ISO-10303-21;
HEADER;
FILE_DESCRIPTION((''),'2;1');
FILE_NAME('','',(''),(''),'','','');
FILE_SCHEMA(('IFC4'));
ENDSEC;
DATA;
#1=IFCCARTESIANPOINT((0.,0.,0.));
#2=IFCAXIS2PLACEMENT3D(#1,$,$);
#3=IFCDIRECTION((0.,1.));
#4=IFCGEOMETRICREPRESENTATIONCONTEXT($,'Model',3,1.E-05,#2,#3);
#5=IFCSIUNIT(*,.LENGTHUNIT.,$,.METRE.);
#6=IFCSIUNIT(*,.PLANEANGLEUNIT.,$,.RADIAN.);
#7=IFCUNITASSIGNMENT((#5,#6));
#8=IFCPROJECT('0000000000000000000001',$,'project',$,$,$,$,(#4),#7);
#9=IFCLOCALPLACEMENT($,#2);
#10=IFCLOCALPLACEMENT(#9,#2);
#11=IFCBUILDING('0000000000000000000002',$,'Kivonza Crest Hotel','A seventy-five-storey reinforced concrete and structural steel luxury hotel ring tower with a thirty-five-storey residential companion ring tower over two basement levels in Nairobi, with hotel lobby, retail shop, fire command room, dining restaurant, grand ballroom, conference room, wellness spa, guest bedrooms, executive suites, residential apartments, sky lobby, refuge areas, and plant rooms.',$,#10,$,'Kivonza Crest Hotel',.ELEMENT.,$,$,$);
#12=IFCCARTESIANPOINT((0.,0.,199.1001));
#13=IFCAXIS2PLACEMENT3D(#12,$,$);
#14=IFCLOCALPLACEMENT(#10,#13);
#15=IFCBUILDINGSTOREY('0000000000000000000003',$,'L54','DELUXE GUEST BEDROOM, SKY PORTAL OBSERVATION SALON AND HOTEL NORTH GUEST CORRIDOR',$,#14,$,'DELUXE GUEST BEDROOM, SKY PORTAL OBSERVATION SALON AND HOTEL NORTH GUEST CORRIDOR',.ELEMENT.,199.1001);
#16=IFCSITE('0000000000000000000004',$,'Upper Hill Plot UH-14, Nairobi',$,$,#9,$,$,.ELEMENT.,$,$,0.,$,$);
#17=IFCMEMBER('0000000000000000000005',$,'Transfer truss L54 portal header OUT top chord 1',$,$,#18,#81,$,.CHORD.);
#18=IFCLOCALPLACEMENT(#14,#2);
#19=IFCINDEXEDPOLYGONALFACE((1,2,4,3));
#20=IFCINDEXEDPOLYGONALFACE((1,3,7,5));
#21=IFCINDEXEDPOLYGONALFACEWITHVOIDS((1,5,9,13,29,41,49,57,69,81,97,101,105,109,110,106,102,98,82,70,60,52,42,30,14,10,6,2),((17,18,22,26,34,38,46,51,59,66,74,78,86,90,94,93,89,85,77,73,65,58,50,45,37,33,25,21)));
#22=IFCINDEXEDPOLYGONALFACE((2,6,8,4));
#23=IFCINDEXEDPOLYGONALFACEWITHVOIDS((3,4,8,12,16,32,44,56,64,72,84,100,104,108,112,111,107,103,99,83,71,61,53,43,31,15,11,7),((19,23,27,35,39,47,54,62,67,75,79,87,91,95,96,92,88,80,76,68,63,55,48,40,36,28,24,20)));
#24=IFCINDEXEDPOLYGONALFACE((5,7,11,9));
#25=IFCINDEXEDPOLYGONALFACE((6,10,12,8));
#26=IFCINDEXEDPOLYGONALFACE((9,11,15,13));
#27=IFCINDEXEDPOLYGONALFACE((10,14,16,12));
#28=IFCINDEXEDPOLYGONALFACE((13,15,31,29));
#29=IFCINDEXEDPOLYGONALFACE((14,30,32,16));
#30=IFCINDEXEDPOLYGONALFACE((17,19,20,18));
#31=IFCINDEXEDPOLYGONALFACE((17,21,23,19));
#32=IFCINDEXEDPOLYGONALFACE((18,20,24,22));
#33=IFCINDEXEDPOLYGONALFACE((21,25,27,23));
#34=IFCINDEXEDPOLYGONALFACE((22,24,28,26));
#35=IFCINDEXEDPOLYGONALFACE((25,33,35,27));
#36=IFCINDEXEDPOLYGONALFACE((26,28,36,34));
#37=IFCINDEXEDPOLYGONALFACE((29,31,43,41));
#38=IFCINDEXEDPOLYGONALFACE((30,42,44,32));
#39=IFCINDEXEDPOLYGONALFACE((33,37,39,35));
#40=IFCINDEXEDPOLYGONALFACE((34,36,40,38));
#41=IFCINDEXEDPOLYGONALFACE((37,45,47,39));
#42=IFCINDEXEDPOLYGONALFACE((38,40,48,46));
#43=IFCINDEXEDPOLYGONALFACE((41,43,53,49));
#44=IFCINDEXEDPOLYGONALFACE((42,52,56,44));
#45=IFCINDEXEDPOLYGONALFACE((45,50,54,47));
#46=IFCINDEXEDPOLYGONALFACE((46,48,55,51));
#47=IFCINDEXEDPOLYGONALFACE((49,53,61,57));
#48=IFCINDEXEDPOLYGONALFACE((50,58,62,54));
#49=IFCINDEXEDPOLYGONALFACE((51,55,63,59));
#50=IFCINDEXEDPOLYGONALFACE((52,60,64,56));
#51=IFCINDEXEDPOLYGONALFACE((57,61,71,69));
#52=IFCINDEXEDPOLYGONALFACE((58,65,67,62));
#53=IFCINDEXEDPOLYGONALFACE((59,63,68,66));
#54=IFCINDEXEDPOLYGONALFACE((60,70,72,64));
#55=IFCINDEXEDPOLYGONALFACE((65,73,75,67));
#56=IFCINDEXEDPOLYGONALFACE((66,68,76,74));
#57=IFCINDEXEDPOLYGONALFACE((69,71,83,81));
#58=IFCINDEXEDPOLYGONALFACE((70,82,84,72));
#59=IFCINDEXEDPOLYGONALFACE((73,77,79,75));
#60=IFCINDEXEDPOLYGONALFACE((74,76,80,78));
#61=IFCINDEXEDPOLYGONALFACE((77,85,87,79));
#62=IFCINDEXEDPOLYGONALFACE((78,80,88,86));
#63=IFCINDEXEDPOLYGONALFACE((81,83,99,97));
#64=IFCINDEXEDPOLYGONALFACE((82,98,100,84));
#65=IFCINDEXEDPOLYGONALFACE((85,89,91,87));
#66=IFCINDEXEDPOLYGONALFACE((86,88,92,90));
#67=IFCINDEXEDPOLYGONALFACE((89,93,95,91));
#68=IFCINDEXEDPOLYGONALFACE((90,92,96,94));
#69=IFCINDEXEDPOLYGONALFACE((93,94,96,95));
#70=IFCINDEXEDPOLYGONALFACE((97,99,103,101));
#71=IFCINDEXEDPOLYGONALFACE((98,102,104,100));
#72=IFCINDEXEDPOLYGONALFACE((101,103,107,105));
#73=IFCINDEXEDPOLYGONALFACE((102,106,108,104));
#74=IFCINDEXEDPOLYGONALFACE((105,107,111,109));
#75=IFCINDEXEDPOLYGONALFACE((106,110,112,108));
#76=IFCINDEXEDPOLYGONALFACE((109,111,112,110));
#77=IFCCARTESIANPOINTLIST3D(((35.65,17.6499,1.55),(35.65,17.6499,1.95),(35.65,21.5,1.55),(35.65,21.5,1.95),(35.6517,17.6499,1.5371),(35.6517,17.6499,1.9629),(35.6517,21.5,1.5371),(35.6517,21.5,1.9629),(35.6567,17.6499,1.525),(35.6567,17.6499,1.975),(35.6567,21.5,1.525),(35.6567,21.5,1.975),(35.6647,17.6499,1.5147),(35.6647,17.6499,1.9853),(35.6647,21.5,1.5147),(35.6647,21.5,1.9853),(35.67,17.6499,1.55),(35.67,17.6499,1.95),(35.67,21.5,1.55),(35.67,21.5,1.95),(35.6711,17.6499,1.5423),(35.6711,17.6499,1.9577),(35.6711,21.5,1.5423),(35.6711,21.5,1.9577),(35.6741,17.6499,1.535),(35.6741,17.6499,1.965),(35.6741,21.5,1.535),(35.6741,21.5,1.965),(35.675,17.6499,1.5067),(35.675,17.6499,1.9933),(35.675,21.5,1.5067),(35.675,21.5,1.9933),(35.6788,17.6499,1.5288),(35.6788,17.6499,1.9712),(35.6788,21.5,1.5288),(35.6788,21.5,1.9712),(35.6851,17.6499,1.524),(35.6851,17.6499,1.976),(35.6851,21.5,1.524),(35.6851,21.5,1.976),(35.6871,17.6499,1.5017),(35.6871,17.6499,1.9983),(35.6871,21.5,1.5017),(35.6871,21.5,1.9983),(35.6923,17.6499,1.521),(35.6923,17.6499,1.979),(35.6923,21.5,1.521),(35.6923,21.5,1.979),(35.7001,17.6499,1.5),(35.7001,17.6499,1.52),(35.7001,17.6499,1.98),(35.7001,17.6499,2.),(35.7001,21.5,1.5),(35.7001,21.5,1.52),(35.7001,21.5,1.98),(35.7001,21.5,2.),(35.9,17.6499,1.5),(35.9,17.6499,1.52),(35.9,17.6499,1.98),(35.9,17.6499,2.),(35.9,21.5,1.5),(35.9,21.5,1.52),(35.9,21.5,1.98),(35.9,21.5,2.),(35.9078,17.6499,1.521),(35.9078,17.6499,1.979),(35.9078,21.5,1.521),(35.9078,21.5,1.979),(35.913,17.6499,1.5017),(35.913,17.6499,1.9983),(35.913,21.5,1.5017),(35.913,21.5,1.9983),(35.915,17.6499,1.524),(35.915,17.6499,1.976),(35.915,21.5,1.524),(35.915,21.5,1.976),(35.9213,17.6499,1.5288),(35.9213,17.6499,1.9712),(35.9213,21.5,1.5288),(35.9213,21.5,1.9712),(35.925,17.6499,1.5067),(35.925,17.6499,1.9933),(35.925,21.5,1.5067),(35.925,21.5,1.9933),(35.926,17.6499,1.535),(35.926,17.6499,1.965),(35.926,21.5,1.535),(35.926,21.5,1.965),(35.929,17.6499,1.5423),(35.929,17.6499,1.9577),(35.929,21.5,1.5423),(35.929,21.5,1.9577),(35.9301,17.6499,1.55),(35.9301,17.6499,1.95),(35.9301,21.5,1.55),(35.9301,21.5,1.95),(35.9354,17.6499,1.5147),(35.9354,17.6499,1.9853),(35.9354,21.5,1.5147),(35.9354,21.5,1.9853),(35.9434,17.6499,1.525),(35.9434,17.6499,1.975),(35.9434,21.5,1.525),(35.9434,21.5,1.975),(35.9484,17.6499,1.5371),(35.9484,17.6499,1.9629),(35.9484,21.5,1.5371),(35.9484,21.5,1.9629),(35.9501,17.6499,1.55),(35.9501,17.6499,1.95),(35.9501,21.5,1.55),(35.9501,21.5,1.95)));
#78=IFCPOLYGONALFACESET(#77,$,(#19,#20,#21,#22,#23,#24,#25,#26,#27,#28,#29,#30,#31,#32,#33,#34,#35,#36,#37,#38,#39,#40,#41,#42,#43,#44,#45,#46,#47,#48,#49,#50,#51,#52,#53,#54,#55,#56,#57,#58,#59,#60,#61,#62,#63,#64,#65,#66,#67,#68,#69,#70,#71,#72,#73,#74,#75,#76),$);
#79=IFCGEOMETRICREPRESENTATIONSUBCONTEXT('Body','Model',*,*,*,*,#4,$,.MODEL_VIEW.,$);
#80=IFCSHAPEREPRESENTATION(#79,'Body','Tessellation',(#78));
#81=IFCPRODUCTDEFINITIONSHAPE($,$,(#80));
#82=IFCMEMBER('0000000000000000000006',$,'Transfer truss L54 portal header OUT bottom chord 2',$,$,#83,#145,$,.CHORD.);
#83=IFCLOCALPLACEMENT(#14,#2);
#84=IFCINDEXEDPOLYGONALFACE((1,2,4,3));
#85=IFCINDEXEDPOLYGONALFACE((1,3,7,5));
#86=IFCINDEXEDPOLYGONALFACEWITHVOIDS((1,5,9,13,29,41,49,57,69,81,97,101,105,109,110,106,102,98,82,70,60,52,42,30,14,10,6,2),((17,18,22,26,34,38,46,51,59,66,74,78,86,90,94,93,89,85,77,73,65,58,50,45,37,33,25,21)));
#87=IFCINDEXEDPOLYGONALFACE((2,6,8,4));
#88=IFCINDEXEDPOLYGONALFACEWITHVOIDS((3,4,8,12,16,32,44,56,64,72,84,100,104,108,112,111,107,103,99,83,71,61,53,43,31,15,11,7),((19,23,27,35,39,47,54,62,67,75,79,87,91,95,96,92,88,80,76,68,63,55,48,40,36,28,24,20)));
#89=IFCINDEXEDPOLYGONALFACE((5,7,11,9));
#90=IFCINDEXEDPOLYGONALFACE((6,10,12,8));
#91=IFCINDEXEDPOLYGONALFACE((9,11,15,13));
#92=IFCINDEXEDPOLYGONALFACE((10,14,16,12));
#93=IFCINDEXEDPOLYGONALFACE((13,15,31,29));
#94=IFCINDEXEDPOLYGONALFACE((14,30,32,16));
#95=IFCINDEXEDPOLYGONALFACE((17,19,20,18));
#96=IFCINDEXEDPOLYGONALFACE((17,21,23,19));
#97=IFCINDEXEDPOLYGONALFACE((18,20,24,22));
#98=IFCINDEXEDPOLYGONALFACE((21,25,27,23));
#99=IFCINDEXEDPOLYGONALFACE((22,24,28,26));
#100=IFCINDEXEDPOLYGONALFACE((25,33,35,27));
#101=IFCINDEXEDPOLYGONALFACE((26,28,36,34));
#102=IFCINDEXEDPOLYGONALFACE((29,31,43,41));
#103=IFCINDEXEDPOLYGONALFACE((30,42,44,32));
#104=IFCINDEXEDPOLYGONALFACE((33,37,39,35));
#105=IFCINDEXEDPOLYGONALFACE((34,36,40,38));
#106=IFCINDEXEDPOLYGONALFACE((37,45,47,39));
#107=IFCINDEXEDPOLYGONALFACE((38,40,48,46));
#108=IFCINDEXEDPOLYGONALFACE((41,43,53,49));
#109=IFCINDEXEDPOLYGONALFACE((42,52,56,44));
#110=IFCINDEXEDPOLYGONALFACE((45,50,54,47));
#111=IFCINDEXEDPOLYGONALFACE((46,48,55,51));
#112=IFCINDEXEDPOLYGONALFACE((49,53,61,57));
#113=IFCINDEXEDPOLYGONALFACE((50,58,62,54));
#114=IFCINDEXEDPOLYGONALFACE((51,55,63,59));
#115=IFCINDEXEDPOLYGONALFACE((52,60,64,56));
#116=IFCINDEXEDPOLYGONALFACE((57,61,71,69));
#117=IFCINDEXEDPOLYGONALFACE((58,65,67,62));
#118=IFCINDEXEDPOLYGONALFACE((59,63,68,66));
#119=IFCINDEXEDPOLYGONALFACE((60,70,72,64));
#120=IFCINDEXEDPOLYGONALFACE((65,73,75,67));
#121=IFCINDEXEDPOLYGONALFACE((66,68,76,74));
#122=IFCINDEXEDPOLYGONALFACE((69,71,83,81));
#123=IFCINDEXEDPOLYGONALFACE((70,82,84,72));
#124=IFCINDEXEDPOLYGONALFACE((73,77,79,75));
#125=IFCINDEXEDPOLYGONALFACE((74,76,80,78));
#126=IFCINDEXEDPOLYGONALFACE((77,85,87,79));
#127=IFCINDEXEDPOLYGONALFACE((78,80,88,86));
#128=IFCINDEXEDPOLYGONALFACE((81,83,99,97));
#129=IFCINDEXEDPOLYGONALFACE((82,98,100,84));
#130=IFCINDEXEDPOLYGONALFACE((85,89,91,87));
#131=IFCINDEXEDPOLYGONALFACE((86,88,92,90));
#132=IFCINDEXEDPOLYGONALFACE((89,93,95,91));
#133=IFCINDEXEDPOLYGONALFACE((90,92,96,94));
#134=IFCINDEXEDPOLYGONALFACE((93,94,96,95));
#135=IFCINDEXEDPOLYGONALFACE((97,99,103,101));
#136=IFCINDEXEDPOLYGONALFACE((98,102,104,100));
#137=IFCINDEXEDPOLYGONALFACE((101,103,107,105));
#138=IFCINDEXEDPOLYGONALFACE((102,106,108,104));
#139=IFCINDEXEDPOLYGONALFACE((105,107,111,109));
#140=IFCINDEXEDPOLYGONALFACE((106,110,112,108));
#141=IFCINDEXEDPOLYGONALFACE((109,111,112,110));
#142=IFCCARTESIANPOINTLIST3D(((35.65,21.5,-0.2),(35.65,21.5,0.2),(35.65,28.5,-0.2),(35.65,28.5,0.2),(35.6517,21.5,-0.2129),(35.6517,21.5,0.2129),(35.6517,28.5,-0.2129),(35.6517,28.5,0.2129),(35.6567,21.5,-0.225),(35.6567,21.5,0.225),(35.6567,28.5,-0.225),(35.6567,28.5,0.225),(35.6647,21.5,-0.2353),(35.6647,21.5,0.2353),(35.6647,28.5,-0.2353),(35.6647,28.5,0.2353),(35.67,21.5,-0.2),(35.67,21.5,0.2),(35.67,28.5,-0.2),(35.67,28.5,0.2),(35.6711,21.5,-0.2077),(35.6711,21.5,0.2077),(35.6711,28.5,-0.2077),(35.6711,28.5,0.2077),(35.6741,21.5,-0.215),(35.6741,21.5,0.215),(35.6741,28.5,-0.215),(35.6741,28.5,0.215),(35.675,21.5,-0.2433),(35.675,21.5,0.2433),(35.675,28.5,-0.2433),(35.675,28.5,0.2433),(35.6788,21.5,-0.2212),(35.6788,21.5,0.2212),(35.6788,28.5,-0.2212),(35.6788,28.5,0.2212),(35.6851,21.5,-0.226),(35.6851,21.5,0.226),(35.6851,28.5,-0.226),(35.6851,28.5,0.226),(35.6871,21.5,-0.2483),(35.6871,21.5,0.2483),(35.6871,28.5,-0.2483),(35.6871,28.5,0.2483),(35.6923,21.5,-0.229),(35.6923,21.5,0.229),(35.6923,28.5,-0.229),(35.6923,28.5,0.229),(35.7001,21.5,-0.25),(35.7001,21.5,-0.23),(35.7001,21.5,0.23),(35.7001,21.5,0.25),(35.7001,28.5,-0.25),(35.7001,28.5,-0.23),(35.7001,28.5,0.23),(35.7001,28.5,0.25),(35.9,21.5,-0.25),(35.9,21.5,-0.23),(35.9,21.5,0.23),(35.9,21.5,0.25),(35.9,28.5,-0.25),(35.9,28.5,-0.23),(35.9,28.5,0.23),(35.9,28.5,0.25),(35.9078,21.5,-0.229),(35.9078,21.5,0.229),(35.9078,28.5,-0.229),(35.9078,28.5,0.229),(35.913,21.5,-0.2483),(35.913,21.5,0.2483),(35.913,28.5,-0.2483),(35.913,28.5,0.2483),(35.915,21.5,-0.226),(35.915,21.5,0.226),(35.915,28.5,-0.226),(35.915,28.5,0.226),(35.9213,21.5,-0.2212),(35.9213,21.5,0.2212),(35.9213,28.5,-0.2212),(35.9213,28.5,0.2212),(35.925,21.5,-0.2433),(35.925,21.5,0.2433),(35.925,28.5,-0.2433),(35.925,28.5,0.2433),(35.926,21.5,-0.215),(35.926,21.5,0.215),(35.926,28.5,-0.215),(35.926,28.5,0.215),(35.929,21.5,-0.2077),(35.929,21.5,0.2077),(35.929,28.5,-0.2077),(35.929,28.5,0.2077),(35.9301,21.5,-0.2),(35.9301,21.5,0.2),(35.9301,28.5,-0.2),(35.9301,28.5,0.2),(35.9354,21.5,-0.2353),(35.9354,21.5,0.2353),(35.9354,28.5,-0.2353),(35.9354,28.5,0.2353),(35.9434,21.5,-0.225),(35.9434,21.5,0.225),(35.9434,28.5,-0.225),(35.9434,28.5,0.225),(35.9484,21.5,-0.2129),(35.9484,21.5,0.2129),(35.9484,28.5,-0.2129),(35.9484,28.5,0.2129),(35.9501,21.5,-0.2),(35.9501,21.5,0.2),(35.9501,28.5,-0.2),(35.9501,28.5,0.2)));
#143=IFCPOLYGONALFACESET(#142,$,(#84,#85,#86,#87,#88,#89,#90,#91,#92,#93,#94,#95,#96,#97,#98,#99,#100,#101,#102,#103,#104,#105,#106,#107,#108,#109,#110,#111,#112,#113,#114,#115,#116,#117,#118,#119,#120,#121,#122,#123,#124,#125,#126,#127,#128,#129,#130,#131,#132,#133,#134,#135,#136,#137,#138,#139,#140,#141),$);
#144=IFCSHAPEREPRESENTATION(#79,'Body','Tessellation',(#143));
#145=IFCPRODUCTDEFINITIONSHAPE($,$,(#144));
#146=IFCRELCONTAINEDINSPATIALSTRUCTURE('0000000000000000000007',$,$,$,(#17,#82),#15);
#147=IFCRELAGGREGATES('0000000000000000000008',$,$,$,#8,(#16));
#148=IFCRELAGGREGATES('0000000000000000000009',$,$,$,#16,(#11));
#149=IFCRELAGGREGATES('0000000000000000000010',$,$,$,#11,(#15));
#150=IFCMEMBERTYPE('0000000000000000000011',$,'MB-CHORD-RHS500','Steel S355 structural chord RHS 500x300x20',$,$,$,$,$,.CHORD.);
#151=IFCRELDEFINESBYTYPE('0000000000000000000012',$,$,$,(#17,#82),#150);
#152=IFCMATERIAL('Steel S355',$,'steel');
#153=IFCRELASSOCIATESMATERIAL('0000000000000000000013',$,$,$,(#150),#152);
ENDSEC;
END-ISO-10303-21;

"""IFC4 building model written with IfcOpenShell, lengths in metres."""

from ifc_helpers import new_model, si_unit, direction, frame, origin, origin_2d, place, context, subcontext, project, spatial, hollow_rectangle, extrude, material, material_profile, profile_set, type_object, element, save


model = new_model("IFC4")

# Units and contexts
model_context = context("Model", 3, precision=1e-05, world=origin(), true_north=direction((0.0, 1.0)))
body_context = subcontext(model_context, "Body", "Model", "MODEL_VIEW")
ifc_project = project(units=[si_unit("LENGTHUNIT", "METRE"), si_unit("PLANEANGLEUNIT", "RADIAN")], contexts=[model_context])

# Site, building, storey
site_placement = place(None, origin())
site = spatial("IfcSite", under=ifc_project, at=site_placement, Name="Upper Hill Plot UH-14, Nairobi", CompositionType="ELEMENT", RefElevation=0.0)
building_placement = place(site_placement, origin())
building = spatial("IfcBuilding", under=site, at=building_placement, Name="Kivonza Crest Hotel", Description="A seventy-five-storey reinforced concrete and structural steel luxury hotel ring tower with a thirty-five-storey residential companion ring tower over two basement levels in Nairobi, with hotel lobby, retail shop, fire command room, dining restaurant, grand ballroom, conference room, wellness spa, guest bedrooms, executive suites, residential apartments, sky lobby, refuge areas, and plant rooms.", LongName="Kivonza Crest Hotel", CompositionType="ELEMENT")
storey_placement = place(building_placement, frame((0.0, 0.0, 199.1001)))
storey = spatial("IfcBuildingStorey", under=building, at=storey_placement, Name="L54", Description="DELUXE GUEST BEDROOM, SKY PORTAL OBSERVATION SALON AND HOTEL NORTH GUEST CORRIDOR", LongName="DELUXE GUEST BEDROOM, SKY PORTAL OBSERVATION SALON AND HOTEL NORTH GUEST CORRIDOR", CompositionType="ELEMENT", Elevation=199.1001)

# Shared definitions
ifc_material_1 = material(Name="Steel S355", Category="steel")

# Members
ifc_material_profile_1 = material_profile(ifc_material_1, hollow_rectangle(XDim=0.3, YDim=0.5, WallThickness=0.02, InnerFilletRadius=0.03, OuterFilletRadius=0.05, at=origin_2d()), Name="RHS 500x300x20")
ifc_profile_set_1 = profile_set([ifc_material_profile_1], Name="Steel S355")
member_type_1 = type_object("IfcMemberType", Name="MB-CHORD-RHS500", Description="Steel S355 structural chord RHS 500x300x20", PredefinedType="CHORD", material=ifc_profile_set_1)
for number, where, z_axis, x_axis, name in (
    (1, (35.8, 17.6499, 1.75), (0.0, 1.0, 0.0), (-1.0, 0.0, 0.0), "Transfer truss L54 portal header OUT top chord 1"),
):
    element("IfcMember", number, at=place(storey_placement, frame(where, z_axis=z_axis, x_axis=x_axis)), inside=storey, type_object=member_type_1, Name=name, PredefinedType="CHORD", context=body_context, shape_type="SweptSolid", body=[
        extrude(hollow_rectangle(XDim=0.3, YDim=0.5, WallThickness=0.02, InnerFilletRadius=0.03, OuterFilletRadius=0.05, at=origin_2d()), origin(), (0.0, 0.0, 1.0), 3.8501),
    ])
for number, where, z_axis, x_axis, name in (
    (2, (35.8, 21.5, 0.0), (0.0, 1.0, 0.0), (-1.0, 0.0, 0.0), "Transfer truss L54 portal header OUT bottom chord 2"),
):
    element("IfcMember", number, at=place(storey_placement, frame(where, z_axis=z_axis, x_axis=x_axis)), inside=storey, type_object=member_type_1, Name=name, PredefinedType="CHORD", context=body_context, shape_type="SweptSolid", body=[
        extrude(hollow_rectangle(XDim=0.3, YDim=0.5, WallThickness=0.02, InnerFilletRadius=0.03, OuterFilletRadius=0.05, at=origin_2d()), origin(), (0.0, 0.0, 1.0), 7.0),
    ])

save(model, "model.ifc")
